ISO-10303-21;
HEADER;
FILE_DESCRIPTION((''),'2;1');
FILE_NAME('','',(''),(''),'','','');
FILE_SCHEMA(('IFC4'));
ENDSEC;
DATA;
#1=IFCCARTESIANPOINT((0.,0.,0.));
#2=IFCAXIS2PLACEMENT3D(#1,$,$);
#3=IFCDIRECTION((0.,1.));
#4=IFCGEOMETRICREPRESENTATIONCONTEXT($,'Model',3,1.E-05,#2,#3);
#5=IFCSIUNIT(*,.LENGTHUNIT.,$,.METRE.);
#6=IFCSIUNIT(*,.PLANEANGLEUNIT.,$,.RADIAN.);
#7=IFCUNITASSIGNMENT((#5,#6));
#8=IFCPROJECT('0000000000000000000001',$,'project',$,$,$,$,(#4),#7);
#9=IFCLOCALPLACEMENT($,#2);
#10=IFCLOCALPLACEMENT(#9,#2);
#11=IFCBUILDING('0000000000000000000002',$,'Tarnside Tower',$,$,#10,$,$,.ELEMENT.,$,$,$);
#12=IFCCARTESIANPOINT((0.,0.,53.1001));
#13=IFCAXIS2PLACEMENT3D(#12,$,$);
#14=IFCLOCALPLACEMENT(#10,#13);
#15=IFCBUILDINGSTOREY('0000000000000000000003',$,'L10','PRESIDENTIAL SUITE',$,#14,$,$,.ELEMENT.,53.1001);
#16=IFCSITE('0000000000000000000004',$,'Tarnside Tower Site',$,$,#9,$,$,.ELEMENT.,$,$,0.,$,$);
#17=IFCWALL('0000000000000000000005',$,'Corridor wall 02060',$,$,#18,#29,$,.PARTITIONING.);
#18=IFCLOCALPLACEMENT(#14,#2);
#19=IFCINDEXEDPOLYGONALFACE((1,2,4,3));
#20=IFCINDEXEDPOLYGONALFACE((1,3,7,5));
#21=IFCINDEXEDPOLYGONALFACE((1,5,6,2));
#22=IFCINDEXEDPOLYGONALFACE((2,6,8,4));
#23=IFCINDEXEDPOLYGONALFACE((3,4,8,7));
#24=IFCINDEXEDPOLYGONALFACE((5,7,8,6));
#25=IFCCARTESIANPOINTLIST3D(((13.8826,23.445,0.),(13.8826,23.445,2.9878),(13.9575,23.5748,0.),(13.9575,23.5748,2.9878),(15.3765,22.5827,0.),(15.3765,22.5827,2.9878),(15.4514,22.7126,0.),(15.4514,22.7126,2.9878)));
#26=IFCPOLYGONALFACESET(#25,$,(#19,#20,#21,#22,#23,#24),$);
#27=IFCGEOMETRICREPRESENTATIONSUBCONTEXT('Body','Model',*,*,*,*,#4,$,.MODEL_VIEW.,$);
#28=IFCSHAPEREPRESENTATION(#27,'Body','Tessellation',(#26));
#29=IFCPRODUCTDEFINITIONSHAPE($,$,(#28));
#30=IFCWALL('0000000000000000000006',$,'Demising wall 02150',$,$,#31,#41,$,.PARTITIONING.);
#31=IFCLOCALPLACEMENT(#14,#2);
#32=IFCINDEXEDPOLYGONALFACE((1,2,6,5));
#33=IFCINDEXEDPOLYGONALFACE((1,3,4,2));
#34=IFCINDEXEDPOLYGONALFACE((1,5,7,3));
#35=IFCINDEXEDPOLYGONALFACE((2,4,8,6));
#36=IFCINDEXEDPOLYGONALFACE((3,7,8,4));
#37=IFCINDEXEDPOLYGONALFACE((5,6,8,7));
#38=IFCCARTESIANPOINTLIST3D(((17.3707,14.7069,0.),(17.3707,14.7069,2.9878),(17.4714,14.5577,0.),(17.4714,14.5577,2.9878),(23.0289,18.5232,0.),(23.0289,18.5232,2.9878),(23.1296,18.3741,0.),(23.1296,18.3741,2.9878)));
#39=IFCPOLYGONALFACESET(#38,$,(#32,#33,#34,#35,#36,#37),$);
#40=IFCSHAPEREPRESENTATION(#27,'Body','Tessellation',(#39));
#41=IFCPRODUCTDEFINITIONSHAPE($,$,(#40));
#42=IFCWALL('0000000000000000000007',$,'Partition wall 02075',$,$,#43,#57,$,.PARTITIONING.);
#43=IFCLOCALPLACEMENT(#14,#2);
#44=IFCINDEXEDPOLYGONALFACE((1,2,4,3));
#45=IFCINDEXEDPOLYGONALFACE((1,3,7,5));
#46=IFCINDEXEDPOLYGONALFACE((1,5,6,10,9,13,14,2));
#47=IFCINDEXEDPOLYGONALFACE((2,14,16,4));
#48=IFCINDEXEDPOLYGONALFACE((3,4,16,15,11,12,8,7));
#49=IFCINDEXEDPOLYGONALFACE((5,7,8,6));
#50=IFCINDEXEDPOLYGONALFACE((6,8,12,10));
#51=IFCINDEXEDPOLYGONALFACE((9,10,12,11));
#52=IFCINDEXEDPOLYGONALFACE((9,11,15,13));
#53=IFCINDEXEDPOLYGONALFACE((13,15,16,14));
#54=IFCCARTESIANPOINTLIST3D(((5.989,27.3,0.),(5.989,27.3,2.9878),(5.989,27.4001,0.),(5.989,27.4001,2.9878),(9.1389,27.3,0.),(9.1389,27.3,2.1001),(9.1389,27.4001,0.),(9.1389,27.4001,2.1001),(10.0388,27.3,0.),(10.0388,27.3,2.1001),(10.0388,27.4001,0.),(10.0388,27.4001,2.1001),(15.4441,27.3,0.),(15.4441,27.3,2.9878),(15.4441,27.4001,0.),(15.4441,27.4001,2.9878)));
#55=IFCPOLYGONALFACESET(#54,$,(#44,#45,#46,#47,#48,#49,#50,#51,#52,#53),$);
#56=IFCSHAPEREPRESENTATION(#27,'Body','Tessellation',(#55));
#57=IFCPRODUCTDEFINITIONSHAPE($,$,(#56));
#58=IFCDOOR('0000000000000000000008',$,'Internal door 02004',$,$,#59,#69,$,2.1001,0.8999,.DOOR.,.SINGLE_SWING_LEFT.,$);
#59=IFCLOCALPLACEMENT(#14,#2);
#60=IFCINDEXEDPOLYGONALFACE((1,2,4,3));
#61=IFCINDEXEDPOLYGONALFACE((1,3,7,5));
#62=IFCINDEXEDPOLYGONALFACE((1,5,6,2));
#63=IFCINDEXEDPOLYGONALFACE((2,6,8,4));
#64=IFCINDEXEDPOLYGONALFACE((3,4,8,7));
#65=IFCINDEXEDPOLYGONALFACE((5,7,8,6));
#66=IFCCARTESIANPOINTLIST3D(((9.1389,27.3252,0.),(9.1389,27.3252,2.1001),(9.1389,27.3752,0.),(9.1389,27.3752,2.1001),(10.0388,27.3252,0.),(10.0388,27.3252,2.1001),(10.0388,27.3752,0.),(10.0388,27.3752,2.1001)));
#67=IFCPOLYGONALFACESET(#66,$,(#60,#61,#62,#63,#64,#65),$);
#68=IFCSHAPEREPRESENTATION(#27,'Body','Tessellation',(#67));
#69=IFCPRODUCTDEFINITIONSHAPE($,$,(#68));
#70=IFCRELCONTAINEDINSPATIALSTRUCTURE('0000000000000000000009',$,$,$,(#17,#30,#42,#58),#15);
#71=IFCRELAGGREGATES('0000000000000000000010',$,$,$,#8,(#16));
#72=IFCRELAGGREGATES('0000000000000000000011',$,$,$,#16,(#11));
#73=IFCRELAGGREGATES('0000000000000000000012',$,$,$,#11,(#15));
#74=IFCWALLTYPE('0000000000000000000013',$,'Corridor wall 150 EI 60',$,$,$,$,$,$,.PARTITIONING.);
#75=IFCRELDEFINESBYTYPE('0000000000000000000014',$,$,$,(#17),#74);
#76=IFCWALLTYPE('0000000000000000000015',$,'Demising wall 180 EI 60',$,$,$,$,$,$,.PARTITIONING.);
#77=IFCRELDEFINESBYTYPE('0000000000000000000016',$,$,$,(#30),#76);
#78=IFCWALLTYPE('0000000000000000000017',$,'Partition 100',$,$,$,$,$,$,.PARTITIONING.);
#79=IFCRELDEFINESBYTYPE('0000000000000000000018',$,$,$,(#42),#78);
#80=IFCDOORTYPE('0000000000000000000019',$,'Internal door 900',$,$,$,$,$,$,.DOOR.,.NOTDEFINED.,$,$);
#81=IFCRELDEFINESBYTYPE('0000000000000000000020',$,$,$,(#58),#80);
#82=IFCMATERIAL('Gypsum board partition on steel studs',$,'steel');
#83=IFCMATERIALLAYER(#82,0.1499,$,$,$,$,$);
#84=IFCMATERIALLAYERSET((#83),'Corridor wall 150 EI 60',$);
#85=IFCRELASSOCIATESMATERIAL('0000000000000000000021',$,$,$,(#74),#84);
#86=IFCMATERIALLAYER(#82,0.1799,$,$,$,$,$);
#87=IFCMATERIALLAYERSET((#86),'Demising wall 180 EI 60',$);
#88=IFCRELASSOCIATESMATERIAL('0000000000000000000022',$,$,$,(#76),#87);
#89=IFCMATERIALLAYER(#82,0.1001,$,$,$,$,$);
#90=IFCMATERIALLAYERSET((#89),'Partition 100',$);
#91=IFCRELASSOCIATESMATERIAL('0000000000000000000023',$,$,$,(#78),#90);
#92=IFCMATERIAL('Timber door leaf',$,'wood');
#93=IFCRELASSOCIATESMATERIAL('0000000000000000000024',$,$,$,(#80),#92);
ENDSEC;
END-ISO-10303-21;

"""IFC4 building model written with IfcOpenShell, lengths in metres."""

from ifc_helpers import new_model, si_unit, direction, frame, frame_2d, origin, place, context, subcontext, project, spatial, rectangle, extrude, material, layer, layer_set, type_object, element, fill, save


model = new_model("IFC4")

# Units and contexts
model_context = context("Model", 3, precision=1e-05, world=origin(), true_north=direction((0.0, 1.0)))
body_context = subcontext(model_context, "Body", "Model", "MODEL_VIEW")
ifc_project = project(units=[si_unit("LENGTHUNIT", "METRE"), si_unit("PLANEANGLEUNIT", "RADIAN")], contexts=[model_context])

# Site, building, storey
site_placement = place(None, origin())
site = spatial("IfcSite", under=ifc_project, at=site_placement, Name="Tarnside Tower Site", CompositionType="ELEMENT", RefElevation=0.0)
building_placement = place(site_placement, origin())
building = spatial("IfcBuilding", under=site, at=building_placement, Name="Tarnside Tower", CompositionType="ELEMENT")
storey_placement = place(building_placement, frame((0.0, 0.0, 53.1001)))
storey = spatial("IfcBuildingStorey", under=building, at=storey_placement, Name="L10", Description="PRESIDENTIAL SUITE", CompositionType="ELEMENT", Elevation=53.1001)

# Shared definitions
ifc_material_1 = material(Name="Gypsum board partition on steel studs", Category="steel")

# Shared definitions
ifc_material_2 = material(Name="Timber door leaf", Category="wood")

# Walls
ifc_layer_1 = layer(ifc_material_1, 0.1499)
ifc_layer_set_1 = layer_set([ifc_layer_1], Name="Corridor wall 150 EI 60")
wall_type_1 = type_object("IfcWallType", Name="Corridor wall 150 EI 60", PredefinedType="PARTITIONING", material=ifc_layer_set_1)
wall_1_placement = place(storey_placement, frame((15.4138, 22.6477, 0.0), z_axis=(0.0, 0.0, 1.0), x_axis=(-0.866075, 0.499914, 0.0)))
element("IfcWall", 1, at=wall_1_placement, inside=storey, type_object=wall_type_1, Name="Corridor wall 02060", PredefinedType="PARTITIONING", context=body_context, shape_type="SweptSolid", body=[
    extrude(rectangle(XDim=1.7249, YDim=0.1499, at=frame_2d((0.8623, 0.0))), origin(), (0.0, 0.0, 1.0), 2.9878),
])
ifc_layer_2 = layer(ifc_material_1, 0.1799)
ifc_layer_set_2 = layer_set([ifc_layer_2], Name="Demising wall 180 EI 60")
wall_type_2 = type_object("IfcWallType", Name="Demising wall 180 EI 60", PredefinedType="PARTITIONING", material=ifc_layer_set_2)
wall_2_placement = place(storey_placement, frame((23.0793, 18.4487, 0.0), z_axis=(0.0, 0.0, 1.0), x_axis=(-0.829044, -0.559183, 0.0)))
element("IfcWall", 2, at=wall_2_placement, inside=storey, type_object=wall_type_2, Name="Demising wall 02150", PredefinedType="PARTITIONING", context=body_context, shape_type="SweptSolid", body=[
    extrude(rectangle(XDim=6.825, YDim=0.1799, at=frame_2d((3.4126, 0.0))), origin(), (0.0, 0.0, 1.0), 2.9878),
])

# Wall, opening, door
ifc_layer_3 = layer(ifc_material_1, 0.1001)
ifc_layer_set_3 = layer_set([ifc_layer_3], Name="Partition 100")
wall_type_3 = type_object("IfcWallType", Name="Partition 100", PredefinedType="PARTITIONING", material=ifc_layer_set_3)
wall_3_placement = place(storey_placement, frame((15.4441, 27.3501, 0.0), z_axis=(0.0, 0.0, 1.0), x_axis=(-1.0, 0.0, 0.0)))
wall_3 = element("IfcWall", 3, at=wall_3_placement, inside=storey, type_object=wall_type_3, Name="Partition wall 02075", PredefinedType="PARTITIONING", context=body_context, shape_type="SweptSolid", body=[
    extrude(rectangle(XDim=9.4551, YDim=0.1001, at=frame_2d((4.7275, 0.0))), origin(), (0.0, 0.0, 1.0), 2.9878),
])
opening_1_placement = place(wall_3_placement, frame((5.4053, 0.0, 0.0)))
opening_1 = element("IfcOpeningElement", 4, at=opening_1_placement, cuts=wall_3, PredefinedType="OPENING", context=body_context, shape_type="SweptSolid", body=[
    extrude(rectangle(XDim=0.8999, YDim=2.1001, at=frame_2d((0.45, 1.05))), frame((0.0, 0.0601, 0.0), z_axis=(0.0, -1.0, 0.0), x_axis=(1.0, 0.0, 0.0)), (0.0, 0.0, 1.0), 0.1201),
])
door_type_1 = type_object("IfcDoorType", Name="Internal door 900", OperationType="NOTDEFINED", PredefinedType="DOOR", material=ifc_material_2)
door_1_placement = place(opening_1_placement, origin())
door_1 = element("IfcDoor", 5, at=door_1_placement, inside=storey, type_object=door_type_1, Name="Internal door 02004", OperationType="SINGLE_SWING_LEFT", OverallHeight=2.1001, OverallWidth=0.8999, PredefinedType="DOOR", context=body_context, shape_type="SweptSolid", body=[
    extrude(rectangle(XDim=0.8999, YDim=2.1001, at=frame_2d((0.45, 1.05))), frame((0.0, 0.0249, 0.0), z_axis=(0.0, -1.0, 0.0), x_axis=(1.0, 0.0, 0.0)), (0.0, 0.0, 1.0), 0.05),
])
fill(opening_1, door_1)

save(model, "model.ifc")
